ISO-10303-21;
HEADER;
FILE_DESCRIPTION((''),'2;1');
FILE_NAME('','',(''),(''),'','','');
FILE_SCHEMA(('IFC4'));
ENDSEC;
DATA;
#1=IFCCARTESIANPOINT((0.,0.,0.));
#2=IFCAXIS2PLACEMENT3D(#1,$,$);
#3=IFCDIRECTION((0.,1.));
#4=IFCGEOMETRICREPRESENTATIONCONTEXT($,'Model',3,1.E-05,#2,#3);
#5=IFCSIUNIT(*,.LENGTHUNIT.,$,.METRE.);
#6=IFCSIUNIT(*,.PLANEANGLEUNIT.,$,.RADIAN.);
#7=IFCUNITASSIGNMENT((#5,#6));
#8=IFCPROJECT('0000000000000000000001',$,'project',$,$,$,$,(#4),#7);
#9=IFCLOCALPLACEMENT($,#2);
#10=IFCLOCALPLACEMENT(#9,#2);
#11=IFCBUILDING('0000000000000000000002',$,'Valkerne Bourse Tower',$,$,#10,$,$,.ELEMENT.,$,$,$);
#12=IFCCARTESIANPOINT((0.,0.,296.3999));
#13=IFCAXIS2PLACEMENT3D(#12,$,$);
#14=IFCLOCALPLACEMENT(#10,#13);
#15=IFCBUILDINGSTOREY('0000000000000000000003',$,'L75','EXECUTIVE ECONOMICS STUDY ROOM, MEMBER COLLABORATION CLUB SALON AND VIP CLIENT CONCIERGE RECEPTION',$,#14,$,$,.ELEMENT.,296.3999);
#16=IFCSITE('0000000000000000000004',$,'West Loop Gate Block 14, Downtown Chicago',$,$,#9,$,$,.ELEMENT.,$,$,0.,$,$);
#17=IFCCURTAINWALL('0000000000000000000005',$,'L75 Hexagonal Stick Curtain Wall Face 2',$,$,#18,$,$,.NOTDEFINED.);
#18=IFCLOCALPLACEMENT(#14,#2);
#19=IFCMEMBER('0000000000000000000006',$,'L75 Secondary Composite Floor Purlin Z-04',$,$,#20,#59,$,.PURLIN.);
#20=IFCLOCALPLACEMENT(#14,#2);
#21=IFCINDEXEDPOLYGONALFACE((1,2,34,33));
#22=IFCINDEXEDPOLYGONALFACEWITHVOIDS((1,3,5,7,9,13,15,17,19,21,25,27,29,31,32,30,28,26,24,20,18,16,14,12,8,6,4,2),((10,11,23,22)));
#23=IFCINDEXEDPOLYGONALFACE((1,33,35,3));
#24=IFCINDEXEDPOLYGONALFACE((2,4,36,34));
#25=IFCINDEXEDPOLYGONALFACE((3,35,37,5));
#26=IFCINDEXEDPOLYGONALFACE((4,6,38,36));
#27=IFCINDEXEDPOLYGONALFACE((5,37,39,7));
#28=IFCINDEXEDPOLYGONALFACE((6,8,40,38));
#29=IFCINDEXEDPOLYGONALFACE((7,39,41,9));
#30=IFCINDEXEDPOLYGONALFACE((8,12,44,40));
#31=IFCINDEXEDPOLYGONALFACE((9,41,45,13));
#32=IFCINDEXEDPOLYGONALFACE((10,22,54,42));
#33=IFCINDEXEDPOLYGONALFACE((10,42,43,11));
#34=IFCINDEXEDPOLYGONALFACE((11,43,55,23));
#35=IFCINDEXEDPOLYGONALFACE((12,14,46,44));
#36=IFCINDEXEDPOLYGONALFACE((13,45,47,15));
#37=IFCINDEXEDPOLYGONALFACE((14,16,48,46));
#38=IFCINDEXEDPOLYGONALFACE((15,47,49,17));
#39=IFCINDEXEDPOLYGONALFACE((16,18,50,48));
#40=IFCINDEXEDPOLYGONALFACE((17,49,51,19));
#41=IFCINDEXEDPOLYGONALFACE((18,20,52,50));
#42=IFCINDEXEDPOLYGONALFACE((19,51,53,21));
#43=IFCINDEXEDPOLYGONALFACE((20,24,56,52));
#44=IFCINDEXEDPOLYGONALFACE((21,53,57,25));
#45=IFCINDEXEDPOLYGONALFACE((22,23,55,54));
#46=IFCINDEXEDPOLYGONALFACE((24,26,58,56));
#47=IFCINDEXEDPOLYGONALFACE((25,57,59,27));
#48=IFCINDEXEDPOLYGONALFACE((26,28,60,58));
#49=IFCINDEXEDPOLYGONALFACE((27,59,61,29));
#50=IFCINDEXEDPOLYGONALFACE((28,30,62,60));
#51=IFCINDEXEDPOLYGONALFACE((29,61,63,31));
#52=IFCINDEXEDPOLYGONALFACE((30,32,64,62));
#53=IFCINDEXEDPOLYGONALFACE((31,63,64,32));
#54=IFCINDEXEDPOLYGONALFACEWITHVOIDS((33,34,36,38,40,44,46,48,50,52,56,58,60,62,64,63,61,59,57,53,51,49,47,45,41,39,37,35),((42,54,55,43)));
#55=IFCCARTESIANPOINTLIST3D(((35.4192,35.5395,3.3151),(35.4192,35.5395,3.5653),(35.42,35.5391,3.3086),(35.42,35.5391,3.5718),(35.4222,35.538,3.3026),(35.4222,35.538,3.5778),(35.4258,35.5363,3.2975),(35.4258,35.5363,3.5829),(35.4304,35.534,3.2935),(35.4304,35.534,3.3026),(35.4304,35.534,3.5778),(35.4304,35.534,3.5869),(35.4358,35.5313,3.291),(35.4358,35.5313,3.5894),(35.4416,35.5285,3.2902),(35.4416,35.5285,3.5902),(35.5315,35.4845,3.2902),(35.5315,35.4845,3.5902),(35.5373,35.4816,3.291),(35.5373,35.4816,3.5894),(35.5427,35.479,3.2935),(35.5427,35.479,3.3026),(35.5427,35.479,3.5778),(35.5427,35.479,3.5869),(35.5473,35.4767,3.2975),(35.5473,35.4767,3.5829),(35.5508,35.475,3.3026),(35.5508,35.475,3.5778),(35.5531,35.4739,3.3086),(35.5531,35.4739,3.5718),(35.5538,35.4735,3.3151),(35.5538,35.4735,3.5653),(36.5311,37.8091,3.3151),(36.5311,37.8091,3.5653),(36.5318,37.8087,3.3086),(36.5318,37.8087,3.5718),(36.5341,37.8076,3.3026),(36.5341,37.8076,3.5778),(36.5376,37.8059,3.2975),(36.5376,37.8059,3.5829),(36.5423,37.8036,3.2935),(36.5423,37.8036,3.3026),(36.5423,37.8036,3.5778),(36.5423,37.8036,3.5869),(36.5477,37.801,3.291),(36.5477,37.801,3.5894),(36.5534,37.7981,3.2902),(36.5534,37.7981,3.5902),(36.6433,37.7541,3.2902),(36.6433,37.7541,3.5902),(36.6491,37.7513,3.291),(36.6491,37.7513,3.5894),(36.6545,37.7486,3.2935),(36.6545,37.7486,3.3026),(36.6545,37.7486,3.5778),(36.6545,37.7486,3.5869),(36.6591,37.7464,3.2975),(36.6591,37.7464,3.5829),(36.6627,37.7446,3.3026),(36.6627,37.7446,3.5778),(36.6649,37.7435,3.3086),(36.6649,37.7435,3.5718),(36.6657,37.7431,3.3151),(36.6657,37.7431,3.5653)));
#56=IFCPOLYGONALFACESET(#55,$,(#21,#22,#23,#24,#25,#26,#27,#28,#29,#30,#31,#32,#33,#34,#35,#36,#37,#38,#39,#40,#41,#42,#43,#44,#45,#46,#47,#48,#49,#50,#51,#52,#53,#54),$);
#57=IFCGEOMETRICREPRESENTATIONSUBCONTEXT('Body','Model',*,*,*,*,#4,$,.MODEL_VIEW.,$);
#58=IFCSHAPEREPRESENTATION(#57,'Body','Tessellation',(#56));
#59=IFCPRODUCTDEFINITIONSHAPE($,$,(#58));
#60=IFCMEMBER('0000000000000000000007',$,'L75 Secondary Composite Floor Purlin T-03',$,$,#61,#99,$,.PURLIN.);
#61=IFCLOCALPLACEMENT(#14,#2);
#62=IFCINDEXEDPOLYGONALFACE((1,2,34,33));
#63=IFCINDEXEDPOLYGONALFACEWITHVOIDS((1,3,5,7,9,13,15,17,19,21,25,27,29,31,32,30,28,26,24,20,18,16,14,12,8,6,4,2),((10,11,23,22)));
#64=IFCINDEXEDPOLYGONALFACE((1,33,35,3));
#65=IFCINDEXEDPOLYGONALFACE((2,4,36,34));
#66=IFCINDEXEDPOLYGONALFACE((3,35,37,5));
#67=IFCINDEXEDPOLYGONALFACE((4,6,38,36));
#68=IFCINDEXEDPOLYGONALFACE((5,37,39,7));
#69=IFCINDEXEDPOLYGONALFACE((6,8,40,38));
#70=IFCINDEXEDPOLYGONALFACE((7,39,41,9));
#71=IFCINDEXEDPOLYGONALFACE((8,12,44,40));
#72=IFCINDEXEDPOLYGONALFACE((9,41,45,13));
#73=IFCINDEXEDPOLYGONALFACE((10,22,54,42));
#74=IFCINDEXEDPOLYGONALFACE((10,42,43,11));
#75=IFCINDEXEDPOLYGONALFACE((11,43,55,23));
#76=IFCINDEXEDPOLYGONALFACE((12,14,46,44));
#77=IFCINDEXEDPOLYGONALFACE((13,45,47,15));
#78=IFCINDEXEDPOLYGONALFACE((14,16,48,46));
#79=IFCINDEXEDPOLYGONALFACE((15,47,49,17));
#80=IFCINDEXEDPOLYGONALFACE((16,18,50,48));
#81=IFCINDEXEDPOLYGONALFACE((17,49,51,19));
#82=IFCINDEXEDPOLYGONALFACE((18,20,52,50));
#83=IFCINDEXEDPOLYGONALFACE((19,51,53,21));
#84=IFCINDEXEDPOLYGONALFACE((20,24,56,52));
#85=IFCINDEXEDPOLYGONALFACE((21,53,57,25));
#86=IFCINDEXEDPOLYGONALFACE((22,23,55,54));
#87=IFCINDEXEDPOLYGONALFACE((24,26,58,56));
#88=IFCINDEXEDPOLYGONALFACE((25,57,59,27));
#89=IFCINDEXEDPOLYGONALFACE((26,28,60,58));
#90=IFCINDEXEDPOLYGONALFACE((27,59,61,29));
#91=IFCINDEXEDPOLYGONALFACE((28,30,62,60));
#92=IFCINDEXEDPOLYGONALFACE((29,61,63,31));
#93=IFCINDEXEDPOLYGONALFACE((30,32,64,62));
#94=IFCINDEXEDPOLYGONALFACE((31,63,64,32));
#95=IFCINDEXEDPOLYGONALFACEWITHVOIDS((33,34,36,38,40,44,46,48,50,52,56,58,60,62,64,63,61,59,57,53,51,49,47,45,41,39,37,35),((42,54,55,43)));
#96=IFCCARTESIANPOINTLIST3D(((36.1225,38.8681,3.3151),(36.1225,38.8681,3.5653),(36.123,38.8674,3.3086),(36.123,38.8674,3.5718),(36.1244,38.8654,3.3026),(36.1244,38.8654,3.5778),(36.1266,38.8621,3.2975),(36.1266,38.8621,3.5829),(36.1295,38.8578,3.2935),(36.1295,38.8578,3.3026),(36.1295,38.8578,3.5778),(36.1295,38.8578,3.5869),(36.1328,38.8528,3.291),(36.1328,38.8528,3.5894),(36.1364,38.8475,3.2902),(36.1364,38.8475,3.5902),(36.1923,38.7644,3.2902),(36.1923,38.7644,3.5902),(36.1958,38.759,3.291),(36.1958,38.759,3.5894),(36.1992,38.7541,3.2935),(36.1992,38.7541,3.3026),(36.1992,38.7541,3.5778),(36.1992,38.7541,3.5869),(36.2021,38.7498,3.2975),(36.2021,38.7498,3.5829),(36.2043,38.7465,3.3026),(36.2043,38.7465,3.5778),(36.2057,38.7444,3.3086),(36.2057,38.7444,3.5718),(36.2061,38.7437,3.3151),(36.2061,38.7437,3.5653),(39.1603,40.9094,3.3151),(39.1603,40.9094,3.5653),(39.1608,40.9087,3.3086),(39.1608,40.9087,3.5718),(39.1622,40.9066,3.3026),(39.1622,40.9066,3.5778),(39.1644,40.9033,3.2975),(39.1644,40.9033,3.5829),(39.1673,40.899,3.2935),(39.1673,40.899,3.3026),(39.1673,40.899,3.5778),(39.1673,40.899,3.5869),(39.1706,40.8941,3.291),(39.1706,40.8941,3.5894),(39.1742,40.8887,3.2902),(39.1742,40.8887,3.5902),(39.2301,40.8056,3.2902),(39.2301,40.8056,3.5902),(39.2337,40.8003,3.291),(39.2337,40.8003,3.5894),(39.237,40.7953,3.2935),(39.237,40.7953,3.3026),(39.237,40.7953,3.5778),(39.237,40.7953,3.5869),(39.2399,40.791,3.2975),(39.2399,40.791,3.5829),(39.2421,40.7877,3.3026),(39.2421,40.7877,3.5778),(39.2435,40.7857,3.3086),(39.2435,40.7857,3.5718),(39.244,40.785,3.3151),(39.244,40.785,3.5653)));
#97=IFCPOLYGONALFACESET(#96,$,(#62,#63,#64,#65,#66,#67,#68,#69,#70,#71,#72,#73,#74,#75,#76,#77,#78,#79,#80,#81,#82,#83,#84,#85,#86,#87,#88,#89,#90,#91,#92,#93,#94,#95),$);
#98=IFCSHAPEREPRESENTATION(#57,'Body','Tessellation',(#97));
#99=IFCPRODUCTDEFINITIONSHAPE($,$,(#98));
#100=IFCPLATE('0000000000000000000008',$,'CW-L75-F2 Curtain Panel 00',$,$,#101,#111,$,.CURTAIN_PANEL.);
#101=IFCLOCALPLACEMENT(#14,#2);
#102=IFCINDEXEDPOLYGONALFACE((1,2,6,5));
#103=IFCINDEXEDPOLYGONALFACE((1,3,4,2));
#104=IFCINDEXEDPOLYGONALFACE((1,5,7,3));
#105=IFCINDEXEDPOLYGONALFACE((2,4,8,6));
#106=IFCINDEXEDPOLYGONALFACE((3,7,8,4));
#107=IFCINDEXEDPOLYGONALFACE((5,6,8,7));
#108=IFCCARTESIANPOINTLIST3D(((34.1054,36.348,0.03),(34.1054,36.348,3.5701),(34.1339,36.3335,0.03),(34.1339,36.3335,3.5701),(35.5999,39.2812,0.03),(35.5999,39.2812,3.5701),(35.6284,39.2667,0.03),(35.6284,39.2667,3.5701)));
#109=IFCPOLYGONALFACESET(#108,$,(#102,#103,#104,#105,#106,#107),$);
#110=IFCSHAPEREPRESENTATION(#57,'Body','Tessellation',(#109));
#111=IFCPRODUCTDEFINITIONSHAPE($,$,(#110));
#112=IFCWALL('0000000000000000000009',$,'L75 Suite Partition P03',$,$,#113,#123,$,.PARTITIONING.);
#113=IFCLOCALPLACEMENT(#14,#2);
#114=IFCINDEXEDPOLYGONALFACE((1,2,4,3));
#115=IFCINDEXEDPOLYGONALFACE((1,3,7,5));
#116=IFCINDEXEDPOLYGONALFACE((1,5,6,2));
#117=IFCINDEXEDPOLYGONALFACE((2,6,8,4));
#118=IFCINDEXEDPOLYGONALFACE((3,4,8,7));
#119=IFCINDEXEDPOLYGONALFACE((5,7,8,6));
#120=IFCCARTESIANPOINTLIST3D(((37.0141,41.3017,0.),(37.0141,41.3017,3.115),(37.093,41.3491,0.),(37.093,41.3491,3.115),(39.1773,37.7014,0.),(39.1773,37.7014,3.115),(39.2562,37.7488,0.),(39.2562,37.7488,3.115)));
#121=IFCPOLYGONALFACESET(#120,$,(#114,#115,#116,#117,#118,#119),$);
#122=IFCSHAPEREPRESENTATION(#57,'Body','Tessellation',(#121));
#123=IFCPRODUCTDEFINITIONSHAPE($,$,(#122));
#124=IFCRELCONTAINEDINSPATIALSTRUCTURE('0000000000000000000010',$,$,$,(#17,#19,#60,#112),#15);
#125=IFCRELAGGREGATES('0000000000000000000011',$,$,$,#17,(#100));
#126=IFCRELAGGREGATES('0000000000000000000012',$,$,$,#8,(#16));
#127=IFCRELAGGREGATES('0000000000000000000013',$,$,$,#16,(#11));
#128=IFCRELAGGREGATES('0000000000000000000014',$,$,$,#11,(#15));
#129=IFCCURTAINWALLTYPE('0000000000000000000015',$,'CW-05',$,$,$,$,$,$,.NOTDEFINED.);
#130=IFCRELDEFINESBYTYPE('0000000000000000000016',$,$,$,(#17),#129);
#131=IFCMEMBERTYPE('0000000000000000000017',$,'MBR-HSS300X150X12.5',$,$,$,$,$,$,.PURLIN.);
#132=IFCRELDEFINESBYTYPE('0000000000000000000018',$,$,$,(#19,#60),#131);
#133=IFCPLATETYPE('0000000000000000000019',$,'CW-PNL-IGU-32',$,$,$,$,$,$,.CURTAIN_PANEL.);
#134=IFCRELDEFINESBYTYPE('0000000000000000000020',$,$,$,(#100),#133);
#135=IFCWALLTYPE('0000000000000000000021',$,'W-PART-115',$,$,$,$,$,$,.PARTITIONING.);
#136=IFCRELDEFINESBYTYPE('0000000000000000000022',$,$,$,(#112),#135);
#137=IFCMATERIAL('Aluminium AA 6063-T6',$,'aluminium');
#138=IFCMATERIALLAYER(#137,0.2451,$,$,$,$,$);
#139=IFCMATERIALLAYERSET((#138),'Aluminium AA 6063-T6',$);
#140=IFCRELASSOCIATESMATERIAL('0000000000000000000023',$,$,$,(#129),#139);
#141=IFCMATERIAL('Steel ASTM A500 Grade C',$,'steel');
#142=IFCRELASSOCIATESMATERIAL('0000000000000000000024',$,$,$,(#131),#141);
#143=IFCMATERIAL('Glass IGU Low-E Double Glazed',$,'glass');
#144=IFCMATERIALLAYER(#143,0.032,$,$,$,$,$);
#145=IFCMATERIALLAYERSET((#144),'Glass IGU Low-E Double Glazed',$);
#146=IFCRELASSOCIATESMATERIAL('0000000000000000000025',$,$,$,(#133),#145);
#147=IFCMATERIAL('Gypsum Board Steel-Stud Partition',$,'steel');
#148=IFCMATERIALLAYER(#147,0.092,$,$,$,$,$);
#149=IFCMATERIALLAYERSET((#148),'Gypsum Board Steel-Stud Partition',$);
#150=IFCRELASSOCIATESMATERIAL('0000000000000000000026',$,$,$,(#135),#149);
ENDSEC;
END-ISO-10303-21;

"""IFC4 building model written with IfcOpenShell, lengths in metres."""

from ifc_helpers import new_model, si_unit, direction, frame, frame_2d, origin, origin_2d, place, context, subcontext, project, spatial, rectangle, hollow_rectangle, extrude, material, layer, layer_set, material_profile, profile_set, type_object, element, aggregate, save


model = new_model("IFC4")

# Units and contexts
model_context = context("Model", 3, precision=1e-05, world=origin(), true_north=direction((0.0, 1.0)))
body_context = subcontext(model_context, "Body", "Model", "MODEL_VIEW")
ifc_project = project(units=[si_unit("LENGTHUNIT", "METRE"), si_unit("PLANEANGLEUNIT", "RADIAN")], contexts=[model_context])

# Site, building, storey
site_placement = place(None, origin())
site = spatial("IfcSite", under=ifc_project, at=site_placement, Name="West Loop Gate Block 14, Downtown Chicago", CompositionType="ELEMENT", RefElevation=0.0)
building_placement = place(site_placement, origin())
building = spatial("IfcBuilding", under=site, at=building_placement, Name="Valkerne Bourse Tower", CompositionType="ELEMENT")
storey_placement = place(building_placement, frame((0.0, 0.0, 296.3999)))
storey = spatial("IfcBuildingStorey", under=building, at=storey_placement, Name="L75", Description="EXECUTIVE ECONOMICS STUDY ROOM, MEMBER COLLABORATION CLUB SALON AND VIP CLIENT CONCIERGE RECEPTION", CompositionType="ELEMENT", Elevation=296.3999)

# Shared definitions
ifc_material_1 = material(Name="Aluminium AA 6063-T6", Category="aluminium")
ifc_layer_1 = layer(ifc_material_1, 0.2451)
ifc_layer_set_1 = layer_set([ifc_layer_1], Name="Aluminium AA 6063-T6")
curtain_wall_type = type_object("IfcCurtainWallType", Name="CW-05", PredefinedType="NOTDEFINED", material=ifc_layer_set_1)

# Curtain wall
curtain_wall_1_placement = place(storey_placement, origin())
curtain_wall_1 = element("IfcCurtainWall", 1, at=curtain_wall_1_placement, inside=storey, type_object=curtain_wall_type, Name="L75 Hexagonal Stick Curtain Wall Face 2", PredefinedType="NOTDEFINED")

# Members
ifc_material_2 = material(Name="Steel ASTM A500 Grade C", Category="steel")
ifc_material_profile_1 = material_profile(ifc_material_2, hollow_rectangle(XDim=0.1499, YDim=0.3, WallThickness=0.0125, OuterFilletRadius=0.0249, at=origin_2d()), Name="HSS300X150X12.5")
ifc_profile_set_1 = profile_set([ifc_material_profile_1], Name="Steel ASTM A500 Grade C")
member_type_1 = type_object("IfcMemberType", Name="MBR-HSS300X150X12.5", PredefinedType="PURLIN", material=ifc_profile_set_1)
member_1_placement = place(storey_placement, frame((36.5984, 37.7761, 3.4402), z_axis=(-0.439934, -0.89803, 0.0), x_axis=(0.89803, -0.439934, 0.0)))
element("IfcMember", 2, at=member_1_placement, inside=storey, type_object=member_type_1, Name="L75 Secondary Composite Floor Purlin Z-04", PredefinedType="PURLIN", context=body_context, shape_type="SweptSolid", body=[
    extrude(hollow_rectangle(XDim=0.1499, YDim=0.3, WallThickness=0.0125, OuterFilletRadius=0.0249, at=origin_2d()), origin(), (0.0, 0.0, 1.0), 2.5273),
])
member_2_placement = place(storey_placement, frame((39.2021, 40.8472, 3.4402), z_axis=(-0.830023, -0.557729, 0.0), x_axis=(0.557729, -0.830023, 0.0)))
element("IfcMember", 3, at=member_2_placement, inside=storey, type_object=member_type_1, Name="L75 Secondary Composite Floor Purlin T-03", PredefinedType="PURLIN", context=body_context, shape_type="SweptSolid", body=[
    extrude(hollow_rectangle(XDim=0.1499, YDim=0.3, WallThickness=0.0125, OuterFilletRadius=0.0249, at=origin_2d()), origin(), (0.0, 0.0, 1.0), 3.6599),
])

# Plate
ifc_material_3 = material(Name="Glass IGU Low-E Double Glazed", Category="glass")
ifc_layer_2 = layer(ifc_material_3, 0.032)
ifc_layer_set_2 = layer_set([ifc_layer_2], Name="Glass IGU Low-E Double Glazed")
plate_type = type_object("IfcPlateType", Name="CW-PNL-IGU-32", PredefinedType="CURTAIN_PANEL", material=ifc_layer_set_2)
plate_placement = place(storey_placement, frame((34.8669, 37.8074, 0.03), z_axis=(0.0, 0.0, 1.0), x_axis=(-0.453981, -0.891011, 0.0)))
plate = element("IfcPlate", 4, at=plate_placement, type_object=plate_type, Name="CW-L75-F2 Curtain Panel 00", PredefinedType="CURTAIN_PANEL", context=body_context, shape_type="SweptSolid", body=[
    extrude(rectangle(XDim=3.292, YDim=0.032, at=origin_2d()), origin(), (0.0, 0.0, 1.0), 3.54),
])
aggregate(curtain_wall_1, [plate])

# Wall
ifc_material_4 = material(Name="Gypsum Board Steel-Stud Partition", Category="steel")
ifc_layer_3 = layer(ifc_material_4, 0.092)
ifc_layer_set_3 = layer_set([ifc_layer_3], Name="Gypsum Board Steel-Stud Partition")
wall_type = type_object("IfcWallType", Name="W-PART-115", PredefinedType="PARTITIONING", material=ifc_layer_set_3)
wall_placement = place(storey_placement, frame((39.2168, 37.7251, 0.0), z_axis=(0.0, 0.0, 1.0), x_axis=(-0.515043, 0.857165, 0.0)))
element("IfcWall", 5, at=wall_placement, inside=storey, type_object=wall_type, Name="L75 Suite Partition P03", PredefinedType="PARTITIONING", context=body_context, shape_type="SweptSolid", body=[
    extrude(rectangle(XDim=4.2002, YDim=0.092, at=frame_2d((2.1001, 0.0))), origin(), (0.0, 0.0, 1.0), 3.115),
])

save(model, "model.ifc")
